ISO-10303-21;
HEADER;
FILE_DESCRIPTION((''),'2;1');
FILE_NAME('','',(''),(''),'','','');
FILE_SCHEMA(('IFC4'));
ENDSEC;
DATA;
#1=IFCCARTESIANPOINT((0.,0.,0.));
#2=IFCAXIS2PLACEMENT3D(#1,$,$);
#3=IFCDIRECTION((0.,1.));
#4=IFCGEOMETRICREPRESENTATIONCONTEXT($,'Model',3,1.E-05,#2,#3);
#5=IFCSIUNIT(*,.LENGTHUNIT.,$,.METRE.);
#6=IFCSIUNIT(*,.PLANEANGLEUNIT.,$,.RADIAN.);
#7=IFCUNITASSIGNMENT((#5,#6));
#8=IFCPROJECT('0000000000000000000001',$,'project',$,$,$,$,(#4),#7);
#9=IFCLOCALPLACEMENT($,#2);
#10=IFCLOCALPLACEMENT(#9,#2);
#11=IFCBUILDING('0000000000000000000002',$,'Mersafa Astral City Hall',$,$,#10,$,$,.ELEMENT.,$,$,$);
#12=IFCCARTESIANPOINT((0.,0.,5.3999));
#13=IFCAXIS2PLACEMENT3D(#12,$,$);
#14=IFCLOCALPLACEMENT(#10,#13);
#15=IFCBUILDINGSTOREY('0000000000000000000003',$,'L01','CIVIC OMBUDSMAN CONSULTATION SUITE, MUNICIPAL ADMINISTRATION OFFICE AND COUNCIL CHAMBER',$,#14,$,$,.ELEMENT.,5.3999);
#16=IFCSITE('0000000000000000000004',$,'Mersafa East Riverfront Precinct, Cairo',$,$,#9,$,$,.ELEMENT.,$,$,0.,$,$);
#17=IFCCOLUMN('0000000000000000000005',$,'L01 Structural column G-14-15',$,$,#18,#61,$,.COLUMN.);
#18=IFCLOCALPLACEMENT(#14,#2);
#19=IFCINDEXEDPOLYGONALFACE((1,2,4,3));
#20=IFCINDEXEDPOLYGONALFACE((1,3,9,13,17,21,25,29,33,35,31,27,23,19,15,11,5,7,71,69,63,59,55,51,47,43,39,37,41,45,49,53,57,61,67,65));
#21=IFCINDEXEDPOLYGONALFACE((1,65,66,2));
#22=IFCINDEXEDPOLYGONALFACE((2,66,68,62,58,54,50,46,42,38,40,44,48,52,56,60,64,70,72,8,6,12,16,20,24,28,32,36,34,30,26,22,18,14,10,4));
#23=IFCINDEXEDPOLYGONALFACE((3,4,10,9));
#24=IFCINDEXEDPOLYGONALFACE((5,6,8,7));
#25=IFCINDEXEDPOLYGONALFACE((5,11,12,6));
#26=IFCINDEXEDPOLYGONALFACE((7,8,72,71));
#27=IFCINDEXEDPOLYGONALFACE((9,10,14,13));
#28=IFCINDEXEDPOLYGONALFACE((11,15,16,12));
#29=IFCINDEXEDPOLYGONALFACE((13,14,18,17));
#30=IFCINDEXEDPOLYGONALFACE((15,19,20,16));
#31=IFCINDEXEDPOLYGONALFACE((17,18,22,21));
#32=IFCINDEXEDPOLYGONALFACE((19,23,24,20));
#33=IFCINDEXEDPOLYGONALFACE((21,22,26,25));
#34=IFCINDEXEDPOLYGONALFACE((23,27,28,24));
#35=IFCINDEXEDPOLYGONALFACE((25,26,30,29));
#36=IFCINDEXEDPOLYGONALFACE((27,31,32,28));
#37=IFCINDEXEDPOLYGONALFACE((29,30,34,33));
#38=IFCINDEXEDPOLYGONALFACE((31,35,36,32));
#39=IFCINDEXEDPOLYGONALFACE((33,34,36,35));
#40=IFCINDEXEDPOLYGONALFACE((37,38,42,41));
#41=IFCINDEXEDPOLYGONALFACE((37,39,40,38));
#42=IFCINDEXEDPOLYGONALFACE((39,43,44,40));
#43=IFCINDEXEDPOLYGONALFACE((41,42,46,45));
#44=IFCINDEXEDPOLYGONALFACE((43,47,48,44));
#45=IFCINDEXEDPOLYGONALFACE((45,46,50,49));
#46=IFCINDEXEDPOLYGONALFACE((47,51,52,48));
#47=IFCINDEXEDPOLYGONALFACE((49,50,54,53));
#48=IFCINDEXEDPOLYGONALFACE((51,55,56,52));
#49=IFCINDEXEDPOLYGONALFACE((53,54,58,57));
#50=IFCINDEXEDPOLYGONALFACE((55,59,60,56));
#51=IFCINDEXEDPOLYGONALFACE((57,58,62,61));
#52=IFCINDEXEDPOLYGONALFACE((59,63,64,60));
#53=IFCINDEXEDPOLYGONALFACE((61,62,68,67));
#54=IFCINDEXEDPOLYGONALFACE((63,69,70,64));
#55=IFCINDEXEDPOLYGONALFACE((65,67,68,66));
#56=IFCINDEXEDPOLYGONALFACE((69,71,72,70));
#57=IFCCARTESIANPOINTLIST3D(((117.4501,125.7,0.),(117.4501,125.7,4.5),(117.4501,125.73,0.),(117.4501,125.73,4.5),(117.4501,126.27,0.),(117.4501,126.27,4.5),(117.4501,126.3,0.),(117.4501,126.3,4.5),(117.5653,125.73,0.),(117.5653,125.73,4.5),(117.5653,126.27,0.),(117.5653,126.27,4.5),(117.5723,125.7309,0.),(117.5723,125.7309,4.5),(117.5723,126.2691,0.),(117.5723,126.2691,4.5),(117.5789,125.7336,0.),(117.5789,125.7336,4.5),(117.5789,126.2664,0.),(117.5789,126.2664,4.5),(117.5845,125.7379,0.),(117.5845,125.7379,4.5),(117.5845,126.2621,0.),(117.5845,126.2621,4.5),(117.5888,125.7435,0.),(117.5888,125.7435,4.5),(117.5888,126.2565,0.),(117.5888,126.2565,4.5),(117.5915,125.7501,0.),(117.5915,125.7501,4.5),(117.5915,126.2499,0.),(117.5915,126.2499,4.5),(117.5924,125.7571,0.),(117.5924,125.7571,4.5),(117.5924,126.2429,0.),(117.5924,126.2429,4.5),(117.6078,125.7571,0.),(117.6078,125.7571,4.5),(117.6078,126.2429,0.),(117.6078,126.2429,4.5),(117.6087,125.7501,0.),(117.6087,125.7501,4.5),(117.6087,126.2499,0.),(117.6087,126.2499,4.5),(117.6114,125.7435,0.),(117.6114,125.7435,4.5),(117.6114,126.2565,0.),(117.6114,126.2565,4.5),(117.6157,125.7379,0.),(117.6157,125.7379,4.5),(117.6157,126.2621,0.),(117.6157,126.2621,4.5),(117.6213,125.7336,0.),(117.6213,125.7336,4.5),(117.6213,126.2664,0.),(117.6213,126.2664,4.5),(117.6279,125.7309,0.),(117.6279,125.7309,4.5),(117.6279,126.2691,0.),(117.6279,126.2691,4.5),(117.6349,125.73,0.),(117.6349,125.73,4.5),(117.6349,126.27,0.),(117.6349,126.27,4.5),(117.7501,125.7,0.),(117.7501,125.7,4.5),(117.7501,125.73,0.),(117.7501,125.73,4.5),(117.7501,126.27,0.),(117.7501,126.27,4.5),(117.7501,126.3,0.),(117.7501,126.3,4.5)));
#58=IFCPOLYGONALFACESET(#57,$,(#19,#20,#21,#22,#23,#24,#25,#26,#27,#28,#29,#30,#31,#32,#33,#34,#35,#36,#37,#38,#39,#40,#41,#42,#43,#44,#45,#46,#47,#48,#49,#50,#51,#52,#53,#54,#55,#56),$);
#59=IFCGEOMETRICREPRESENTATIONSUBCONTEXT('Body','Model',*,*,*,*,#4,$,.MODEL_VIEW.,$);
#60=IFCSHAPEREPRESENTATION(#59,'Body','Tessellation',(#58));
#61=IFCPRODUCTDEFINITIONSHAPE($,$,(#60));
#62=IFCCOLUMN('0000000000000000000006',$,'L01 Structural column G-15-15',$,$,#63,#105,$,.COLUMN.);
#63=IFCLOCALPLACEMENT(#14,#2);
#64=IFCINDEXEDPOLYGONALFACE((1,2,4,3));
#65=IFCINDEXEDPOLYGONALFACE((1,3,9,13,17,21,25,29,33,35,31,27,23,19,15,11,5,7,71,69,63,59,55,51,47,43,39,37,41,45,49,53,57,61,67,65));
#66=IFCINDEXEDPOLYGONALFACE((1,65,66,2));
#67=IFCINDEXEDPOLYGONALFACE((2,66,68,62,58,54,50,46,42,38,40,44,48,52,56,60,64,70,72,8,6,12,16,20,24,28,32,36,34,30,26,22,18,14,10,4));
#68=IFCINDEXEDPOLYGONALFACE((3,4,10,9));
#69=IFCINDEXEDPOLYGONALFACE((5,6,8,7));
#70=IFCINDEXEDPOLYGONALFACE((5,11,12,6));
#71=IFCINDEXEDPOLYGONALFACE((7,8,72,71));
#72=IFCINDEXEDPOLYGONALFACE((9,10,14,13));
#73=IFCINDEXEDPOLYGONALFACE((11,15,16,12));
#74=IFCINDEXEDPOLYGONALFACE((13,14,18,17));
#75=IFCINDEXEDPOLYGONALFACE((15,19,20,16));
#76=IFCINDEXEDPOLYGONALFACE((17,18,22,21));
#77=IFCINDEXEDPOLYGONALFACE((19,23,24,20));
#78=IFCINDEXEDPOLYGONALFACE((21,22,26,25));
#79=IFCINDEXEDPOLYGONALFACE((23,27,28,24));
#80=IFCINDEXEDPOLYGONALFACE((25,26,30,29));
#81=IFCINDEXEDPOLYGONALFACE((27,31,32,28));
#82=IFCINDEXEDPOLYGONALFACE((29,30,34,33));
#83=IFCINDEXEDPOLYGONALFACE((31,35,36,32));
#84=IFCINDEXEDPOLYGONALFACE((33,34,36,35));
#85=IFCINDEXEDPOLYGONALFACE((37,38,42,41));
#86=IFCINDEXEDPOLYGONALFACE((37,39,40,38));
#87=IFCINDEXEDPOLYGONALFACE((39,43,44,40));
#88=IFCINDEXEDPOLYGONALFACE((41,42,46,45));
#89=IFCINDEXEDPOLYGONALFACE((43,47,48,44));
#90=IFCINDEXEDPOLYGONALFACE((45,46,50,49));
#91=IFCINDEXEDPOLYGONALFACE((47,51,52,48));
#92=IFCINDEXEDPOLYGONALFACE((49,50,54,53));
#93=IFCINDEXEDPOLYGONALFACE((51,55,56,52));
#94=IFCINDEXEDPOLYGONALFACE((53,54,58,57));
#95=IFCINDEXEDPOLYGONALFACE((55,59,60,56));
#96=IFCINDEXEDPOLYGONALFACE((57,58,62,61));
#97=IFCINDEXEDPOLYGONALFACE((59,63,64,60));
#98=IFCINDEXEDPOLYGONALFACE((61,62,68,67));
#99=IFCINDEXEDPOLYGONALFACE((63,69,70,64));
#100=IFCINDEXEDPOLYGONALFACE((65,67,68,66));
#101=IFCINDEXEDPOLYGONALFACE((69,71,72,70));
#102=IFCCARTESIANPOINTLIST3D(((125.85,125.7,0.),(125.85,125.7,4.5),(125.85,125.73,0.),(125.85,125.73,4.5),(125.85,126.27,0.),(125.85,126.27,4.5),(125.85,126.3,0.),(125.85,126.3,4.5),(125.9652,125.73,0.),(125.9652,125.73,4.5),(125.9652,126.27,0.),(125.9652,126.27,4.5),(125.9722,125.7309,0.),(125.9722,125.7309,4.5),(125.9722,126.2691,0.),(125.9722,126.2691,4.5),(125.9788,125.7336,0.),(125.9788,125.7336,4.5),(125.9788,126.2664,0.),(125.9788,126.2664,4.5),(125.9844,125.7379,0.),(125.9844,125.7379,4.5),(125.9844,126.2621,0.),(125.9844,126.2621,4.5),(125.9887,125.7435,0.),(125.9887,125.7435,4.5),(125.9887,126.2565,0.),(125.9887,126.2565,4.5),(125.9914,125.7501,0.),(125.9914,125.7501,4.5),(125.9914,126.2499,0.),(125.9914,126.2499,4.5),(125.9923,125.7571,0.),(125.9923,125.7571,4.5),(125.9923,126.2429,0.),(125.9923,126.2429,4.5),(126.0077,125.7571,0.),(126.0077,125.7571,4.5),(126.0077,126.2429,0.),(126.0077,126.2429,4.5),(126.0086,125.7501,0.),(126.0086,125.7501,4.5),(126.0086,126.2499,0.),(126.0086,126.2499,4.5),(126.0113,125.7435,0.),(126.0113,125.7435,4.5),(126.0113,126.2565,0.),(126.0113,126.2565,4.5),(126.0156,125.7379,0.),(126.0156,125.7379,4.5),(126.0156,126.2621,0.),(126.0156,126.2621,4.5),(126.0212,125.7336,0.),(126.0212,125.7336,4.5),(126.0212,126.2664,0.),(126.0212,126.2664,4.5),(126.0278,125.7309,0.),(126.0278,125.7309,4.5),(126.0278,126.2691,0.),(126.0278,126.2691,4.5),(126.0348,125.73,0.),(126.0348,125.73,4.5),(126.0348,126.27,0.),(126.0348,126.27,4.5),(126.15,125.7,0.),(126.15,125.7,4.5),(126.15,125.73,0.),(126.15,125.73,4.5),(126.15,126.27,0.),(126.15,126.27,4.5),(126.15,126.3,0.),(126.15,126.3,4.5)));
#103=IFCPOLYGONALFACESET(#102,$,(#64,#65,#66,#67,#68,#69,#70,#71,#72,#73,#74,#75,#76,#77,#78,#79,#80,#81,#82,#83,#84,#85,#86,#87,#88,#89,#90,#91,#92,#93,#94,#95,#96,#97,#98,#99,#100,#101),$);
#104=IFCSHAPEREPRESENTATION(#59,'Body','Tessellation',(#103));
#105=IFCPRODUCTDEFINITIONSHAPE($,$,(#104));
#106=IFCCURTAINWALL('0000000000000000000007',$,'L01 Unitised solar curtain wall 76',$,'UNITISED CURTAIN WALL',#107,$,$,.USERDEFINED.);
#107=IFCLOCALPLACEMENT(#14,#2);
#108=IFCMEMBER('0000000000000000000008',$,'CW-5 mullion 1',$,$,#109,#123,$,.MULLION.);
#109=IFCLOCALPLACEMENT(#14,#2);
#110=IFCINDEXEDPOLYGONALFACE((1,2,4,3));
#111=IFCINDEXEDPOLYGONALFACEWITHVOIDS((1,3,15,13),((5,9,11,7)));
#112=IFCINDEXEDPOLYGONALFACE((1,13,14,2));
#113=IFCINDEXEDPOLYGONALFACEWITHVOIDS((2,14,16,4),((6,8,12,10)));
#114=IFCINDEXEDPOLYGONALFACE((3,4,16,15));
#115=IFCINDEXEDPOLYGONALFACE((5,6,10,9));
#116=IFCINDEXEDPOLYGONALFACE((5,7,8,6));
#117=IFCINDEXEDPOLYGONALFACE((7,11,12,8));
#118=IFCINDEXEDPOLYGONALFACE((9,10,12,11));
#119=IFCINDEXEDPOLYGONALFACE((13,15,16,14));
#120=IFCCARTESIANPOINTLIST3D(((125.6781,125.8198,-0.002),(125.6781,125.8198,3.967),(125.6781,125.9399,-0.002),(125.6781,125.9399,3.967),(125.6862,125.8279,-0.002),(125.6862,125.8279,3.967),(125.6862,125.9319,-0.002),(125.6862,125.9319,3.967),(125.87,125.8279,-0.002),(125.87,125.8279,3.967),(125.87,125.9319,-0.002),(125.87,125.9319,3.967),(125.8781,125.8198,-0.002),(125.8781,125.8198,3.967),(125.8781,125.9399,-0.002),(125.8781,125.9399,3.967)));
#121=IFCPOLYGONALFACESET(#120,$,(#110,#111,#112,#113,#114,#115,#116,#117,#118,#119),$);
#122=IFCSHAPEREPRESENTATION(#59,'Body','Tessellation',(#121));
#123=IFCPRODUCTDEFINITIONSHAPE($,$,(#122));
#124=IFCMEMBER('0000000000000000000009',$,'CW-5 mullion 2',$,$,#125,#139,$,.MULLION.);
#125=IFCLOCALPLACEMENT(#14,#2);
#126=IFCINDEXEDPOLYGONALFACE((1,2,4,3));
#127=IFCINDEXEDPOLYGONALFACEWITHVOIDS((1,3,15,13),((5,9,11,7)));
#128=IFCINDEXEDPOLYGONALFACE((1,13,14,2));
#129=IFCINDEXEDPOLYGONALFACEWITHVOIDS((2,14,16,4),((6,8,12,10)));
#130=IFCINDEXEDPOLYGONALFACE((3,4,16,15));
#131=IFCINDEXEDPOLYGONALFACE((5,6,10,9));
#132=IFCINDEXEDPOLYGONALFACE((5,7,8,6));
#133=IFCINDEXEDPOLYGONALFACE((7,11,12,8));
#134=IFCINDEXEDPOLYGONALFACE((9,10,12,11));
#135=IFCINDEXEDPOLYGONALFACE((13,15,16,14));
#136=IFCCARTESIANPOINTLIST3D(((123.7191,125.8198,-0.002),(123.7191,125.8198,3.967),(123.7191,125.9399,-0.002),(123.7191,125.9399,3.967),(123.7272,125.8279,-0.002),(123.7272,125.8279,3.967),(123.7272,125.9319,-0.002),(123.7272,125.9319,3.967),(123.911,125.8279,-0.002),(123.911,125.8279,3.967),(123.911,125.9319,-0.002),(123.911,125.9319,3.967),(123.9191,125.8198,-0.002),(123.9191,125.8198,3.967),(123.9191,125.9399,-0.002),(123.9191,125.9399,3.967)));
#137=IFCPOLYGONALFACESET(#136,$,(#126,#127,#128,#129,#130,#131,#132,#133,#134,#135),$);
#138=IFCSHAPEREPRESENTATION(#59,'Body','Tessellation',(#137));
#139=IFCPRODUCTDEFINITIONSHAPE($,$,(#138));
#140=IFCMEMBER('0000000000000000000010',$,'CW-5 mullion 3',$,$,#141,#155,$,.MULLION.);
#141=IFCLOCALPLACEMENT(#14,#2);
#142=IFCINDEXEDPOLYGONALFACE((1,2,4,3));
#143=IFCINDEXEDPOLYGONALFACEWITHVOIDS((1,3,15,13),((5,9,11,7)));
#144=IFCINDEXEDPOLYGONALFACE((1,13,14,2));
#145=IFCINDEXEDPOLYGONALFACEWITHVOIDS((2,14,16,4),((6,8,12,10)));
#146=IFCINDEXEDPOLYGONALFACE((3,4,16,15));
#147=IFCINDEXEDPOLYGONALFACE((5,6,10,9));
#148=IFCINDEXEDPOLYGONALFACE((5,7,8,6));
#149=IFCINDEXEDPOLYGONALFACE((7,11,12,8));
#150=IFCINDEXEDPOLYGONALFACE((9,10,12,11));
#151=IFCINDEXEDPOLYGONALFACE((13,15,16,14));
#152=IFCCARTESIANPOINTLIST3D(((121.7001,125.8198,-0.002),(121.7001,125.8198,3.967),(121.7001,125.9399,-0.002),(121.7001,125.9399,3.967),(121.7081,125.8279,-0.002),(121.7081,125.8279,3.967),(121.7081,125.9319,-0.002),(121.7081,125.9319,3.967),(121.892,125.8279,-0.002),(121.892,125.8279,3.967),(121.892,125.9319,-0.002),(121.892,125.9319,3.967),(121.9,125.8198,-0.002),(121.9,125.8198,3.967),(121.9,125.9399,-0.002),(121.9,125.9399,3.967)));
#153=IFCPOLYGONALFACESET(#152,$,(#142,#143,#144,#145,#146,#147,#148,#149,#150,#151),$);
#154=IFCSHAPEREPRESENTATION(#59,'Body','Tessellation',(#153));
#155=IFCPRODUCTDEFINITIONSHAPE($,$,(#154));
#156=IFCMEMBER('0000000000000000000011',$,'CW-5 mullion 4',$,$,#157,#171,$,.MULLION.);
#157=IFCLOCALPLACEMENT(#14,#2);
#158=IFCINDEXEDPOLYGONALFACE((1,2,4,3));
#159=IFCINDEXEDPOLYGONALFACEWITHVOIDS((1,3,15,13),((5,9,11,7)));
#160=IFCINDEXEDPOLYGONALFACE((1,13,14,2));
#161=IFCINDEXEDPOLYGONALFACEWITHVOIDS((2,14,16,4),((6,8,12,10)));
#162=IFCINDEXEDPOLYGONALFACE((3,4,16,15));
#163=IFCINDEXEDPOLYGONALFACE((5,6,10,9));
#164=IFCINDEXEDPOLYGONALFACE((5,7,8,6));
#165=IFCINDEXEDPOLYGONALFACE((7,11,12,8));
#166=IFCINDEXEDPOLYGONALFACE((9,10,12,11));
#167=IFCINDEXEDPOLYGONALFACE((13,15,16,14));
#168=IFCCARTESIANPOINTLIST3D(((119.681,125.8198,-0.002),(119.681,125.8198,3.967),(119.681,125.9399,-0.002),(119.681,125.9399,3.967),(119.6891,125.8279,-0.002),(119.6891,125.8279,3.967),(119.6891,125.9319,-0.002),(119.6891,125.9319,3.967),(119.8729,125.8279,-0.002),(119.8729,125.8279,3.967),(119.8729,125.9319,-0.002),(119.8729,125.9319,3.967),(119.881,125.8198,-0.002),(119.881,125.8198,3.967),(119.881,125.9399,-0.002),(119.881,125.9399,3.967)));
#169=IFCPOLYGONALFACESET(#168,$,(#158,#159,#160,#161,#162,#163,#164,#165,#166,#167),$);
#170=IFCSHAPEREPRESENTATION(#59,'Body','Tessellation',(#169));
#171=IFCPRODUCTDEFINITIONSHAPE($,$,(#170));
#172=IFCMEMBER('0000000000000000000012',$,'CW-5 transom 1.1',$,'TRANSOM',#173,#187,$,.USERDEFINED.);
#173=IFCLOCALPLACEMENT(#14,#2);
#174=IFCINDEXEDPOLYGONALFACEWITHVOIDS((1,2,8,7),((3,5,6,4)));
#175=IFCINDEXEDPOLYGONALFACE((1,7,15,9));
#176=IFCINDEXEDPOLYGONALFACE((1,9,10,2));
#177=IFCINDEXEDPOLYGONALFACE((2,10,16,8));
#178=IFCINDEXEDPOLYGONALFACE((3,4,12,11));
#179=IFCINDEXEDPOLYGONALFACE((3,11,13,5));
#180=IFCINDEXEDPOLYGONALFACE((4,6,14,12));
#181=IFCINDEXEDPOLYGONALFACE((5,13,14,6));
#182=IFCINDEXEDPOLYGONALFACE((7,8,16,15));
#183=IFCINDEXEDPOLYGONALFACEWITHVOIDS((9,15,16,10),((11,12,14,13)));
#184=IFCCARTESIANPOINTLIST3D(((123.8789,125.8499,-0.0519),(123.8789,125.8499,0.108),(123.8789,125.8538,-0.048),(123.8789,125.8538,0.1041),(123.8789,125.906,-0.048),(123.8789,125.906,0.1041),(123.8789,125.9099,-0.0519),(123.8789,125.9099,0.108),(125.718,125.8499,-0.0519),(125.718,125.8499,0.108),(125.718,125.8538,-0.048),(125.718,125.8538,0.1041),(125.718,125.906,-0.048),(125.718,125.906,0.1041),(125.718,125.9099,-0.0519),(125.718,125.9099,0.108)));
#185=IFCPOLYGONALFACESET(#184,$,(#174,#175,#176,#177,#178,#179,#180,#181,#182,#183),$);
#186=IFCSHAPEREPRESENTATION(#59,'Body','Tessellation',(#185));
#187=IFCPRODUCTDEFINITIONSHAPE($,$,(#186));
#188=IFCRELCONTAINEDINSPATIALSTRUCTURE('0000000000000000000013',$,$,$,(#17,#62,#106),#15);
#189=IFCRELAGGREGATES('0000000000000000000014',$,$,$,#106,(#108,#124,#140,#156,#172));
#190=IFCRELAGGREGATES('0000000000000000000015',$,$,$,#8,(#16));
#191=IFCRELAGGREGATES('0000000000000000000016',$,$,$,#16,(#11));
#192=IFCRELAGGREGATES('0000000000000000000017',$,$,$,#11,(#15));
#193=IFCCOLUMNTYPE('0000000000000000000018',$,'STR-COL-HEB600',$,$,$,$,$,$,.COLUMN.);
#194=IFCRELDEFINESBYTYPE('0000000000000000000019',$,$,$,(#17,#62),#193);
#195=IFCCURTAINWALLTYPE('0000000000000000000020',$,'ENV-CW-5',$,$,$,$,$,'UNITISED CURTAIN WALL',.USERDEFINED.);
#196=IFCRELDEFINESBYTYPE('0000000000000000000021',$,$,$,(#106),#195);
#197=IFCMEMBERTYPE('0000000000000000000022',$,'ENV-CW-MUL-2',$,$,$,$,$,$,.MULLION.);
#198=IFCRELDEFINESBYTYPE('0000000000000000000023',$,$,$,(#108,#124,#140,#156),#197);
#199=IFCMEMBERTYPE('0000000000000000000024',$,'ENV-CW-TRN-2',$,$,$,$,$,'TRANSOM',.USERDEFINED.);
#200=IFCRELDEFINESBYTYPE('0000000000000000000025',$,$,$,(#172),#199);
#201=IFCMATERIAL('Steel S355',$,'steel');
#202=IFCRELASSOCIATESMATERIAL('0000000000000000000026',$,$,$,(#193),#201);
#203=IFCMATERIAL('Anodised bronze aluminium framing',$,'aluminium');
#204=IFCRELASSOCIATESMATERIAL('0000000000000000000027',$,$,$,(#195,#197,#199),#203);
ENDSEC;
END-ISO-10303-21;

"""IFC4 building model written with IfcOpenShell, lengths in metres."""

from ifc_helpers import new_model, si_unit, direction, frame, origin, origin_2d, place, context, subcontext, project, spatial, hollow_rectangle, i_section, extrude, material, material_profile, profile_set, type_object, element, aggregate, save


model = new_model("IFC4")

# Units and contexts
model_context = context("Model", 3, precision=1e-05, world=origin(), true_north=direction((0.0, 1.0)))
body_context = subcontext(model_context, "Body", "Model", "MODEL_VIEW")
ifc_project = project(units=[si_unit("LENGTHUNIT", "METRE"), si_unit("PLANEANGLEUNIT", "RADIAN")], contexts=[model_context])

# Site, building, storey
site_placement = place(None, origin())
site = spatial("IfcSite", under=ifc_project, at=site_placement, Name="Mersafa East Riverfront Precinct, Cairo", CompositionType="ELEMENT", RefElevation=0.0)
building_placement = place(site_placement, origin())
building = spatial("IfcBuilding", under=site, at=building_placement, Name="Mersafa Astral City Hall", CompositionType="ELEMENT")
storey_placement = place(building_placement, frame((0.0, 0.0, 5.3999)))
storey = spatial("IfcBuildingStorey", under=building, at=storey_placement, Name="L01", Description="CIVIC OMBUDSMAN CONSULTATION SUITE, MUNICIPAL ADMINISTRATION OFFICE AND COUNCIL CHAMBER", CompositionType="ELEMENT", Elevation=5.3999)

# Columns
ifc_material_1 = material(Name="Steel S355", Category="steel")
ifc_material_profile_1 = material_profile(ifc_material_1, i_section(OverallWidth=0.3, OverallDepth=0.6001, WebThickness=0.0154, FlangeThickness=0.03, FilletRadius=0.0271, at=origin_2d()), Name="HEB 600")
ifc_profile_set_1 = profile_set([ifc_material_profile_1], Name="Steel S355")
column_type = type_object("IfcColumnType", Name="STR-COL-HEB600", PredefinedType="COLUMN", material=ifc_profile_set_1)
for number, where, z_axis, x_axis, name in (
    (1, (117.6001, 126.0, 0.0), (0.0, 0.0, 1.0), (1.0, 0.0, 0.0), "L01 Structural column G-14-15"),
    (2, (126.0, 126.0, 0.0), (0.0, 0.0, 1.0), (1.0, 0.0, 0.0), "L01 Structural column G-15-15"),
):
    element("IfcColumn", number, at=place(storey_placement, frame(where, z_axis=z_axis, x_axis=x_axis)), inside=storey, type_object=column_type, Name=name, PredefinedType="COLUMN", context=body_context, shape_type="SweptSolid", body=[
        extrude(i_section(OverallWidth=0.3, OverallDepth=0.6001, WebThickness=0.0154, FlangeThickness=0.03, FilletRadius=0.0271, at=origin_2d()), origin(), (0.0, 0.0, 1.0), 4.5),
    ])

# Curtain wall, members
ifc_material_2 = material(Name="Anodised bronze aluminium framing", Category="aluminium")
curtain_wall_type = type_object("IfcCurtainWallType", Name="ENV-CW-5", ElementType="UNITISED CURTAIN WALL", PredefinedType="USERDEFINED", material=ifc_material_2)
curtain_wall_placement = place(storey_placement, origin())
curtain_wall = element("IfcCurtainWall", 3, at=curtain_wall_placement, inside=storey, type_object=curtain_wall_type, Name="L01 Unitised solar curtain wall 76", ObjectType="UNITISED CURTAIN WALL", PredefinedType="USERDEFINED")
ifc_material_profile_2 = material_profile(ifc_material_2, hollow_rectangle(XDim=0.1201, YDim=0.2, WallThickness=0.0081, at=origin_2d()), Name="RHS 120x200x8")
ifc_profile_set_2 = profile_set([ifc_material_profile_2], Name="Anodised bronze aluminium framing")
member_type_1 = type_object("IfcMemberType", Name="ENV-CW-MUL-2", PredefinedType="MULLION", material=ifc_profile_set_2)
member_1_placement = place(storey_placement, frame((125.7781, 125.8799, -0.002), z_axis=(0.0, 0.0, 1.0), x_axis=(0.0, -1.0, 0.0)))
member_1 = element("IfcMember", 4, at=member_1_placement, type_object=member_type_1, Name="CW-5 mullion 1", PredefinedType="MULLION", context=body_context, shape_type="SweptSolid", body=[
    extrude(hollow_rectangle(XDim=0.1201, YDim=0.2, WallThickness=0.0081, at=origin_2d()), origin(), (0.0, 0.0, 1.0), 3.969),
])
member_2_placement = place(storey_placement, frame((123.8191, 125.8799, -0.002), z_axis=(0.0, 0.0, 1.0), x_axis=(0.0, -1.0, 0.0)))
member_2 = element("IfcMember", 5, at=member_2_placement, type_object=member_type_1, Name="CW-5 mullion 2", PredefinedType="MULLION", context=body_context, shape_type="SweptSolid", body=[
    extrude(hollow_rectangle(XDim=0.1201, YDim=0.2, WallThickness=0.0081, at=origin_2d()), origin(), (0.0, 0.0, 1.0), 3.969),
])
member_3_placement = place(storey_placement, frame((121.8, 125.8799, -0.002), z_axis=(0.0, 0.0, 1.0), x_axis=(0.0, -1.0, 0.0)))
member_3 = element("IfcMember", 6, at=member_3_placement, type_object=member_type_1, Name="CW-5 mullion 3", PredefinedType="MULLION", context=body_context, shape_type="SweptSolid", body=[
    extrude(hollow_rectangle(XDim=0.1201, YDim=0.2, WallThickness=0.0081, at=origin_2d()), origin(), (0.0, 0.0, 1.0), 3.969),
])
member_4_placement = place(storey_placement, frame((119.781, 125.8799, -0.002), z_axis=(0.0, 0.0, 1.0), x_axis=(0.0, -1.0, 0.0)))
member_4 = element("IfcMember", 7, at=member_4_placement, type_object=member_type_1, Name="CW-5 mullion 4", PredefinedType="MULLION", context=body_context, shape_type="SweptSolid", body=[
    extrude(hollow_rectangle(XDim=0.1201, YDim=0.2, WallThickness=0.0081, at=origin_2d()), origin(), (0.0, 0.0, 1.0), 3.969),
])
ifc_material_profile_3 = material_profile(ifc_material_2, hollow_rectangle(XDim=0.0601, YDim=0.1599, WallThickness=0.0039, at=origin_2d()), Name="RHS 60x160x4")
ifc_profile_set_3 = profile_set([ifc_material_profile_3], Name="Anodised bronze aluminium framing")
member_type_2 = type_object("IfcMemberType", Name="ENV-CW-TRN-2", ElementType="TRANSOM", PredefinedType="USERDEFINED", material=ifc_profile_set_3)
member_5_placement = place(storey_placement, frame((125.718, 125.8799, 0.0281), z_axis=(-1.0, 0.0, 0.0), x_axis=(0.0, -1.0, 0.0)))
member_5 = element("IfcMember", 8, at=member_5_placement, type_object=member_type_2, Name="CW-5 transom 1.1", ObjectType="TRANSOM", PredefinedType="USERDEFINED", context=body_context, shape_type="SweptSolid", body=[
    extrude(hollow_rectangle(XDim=0.0601, YDim=0.1599, WallThickness=0.0039, at=origin_2d()), origin(), (0.0, 0.0, 1.0), 1.8391),
])

aggregate(curtain_wall, [member_1, member_2, member_3, member_4, member_5])

save(model, "model.ifc")
